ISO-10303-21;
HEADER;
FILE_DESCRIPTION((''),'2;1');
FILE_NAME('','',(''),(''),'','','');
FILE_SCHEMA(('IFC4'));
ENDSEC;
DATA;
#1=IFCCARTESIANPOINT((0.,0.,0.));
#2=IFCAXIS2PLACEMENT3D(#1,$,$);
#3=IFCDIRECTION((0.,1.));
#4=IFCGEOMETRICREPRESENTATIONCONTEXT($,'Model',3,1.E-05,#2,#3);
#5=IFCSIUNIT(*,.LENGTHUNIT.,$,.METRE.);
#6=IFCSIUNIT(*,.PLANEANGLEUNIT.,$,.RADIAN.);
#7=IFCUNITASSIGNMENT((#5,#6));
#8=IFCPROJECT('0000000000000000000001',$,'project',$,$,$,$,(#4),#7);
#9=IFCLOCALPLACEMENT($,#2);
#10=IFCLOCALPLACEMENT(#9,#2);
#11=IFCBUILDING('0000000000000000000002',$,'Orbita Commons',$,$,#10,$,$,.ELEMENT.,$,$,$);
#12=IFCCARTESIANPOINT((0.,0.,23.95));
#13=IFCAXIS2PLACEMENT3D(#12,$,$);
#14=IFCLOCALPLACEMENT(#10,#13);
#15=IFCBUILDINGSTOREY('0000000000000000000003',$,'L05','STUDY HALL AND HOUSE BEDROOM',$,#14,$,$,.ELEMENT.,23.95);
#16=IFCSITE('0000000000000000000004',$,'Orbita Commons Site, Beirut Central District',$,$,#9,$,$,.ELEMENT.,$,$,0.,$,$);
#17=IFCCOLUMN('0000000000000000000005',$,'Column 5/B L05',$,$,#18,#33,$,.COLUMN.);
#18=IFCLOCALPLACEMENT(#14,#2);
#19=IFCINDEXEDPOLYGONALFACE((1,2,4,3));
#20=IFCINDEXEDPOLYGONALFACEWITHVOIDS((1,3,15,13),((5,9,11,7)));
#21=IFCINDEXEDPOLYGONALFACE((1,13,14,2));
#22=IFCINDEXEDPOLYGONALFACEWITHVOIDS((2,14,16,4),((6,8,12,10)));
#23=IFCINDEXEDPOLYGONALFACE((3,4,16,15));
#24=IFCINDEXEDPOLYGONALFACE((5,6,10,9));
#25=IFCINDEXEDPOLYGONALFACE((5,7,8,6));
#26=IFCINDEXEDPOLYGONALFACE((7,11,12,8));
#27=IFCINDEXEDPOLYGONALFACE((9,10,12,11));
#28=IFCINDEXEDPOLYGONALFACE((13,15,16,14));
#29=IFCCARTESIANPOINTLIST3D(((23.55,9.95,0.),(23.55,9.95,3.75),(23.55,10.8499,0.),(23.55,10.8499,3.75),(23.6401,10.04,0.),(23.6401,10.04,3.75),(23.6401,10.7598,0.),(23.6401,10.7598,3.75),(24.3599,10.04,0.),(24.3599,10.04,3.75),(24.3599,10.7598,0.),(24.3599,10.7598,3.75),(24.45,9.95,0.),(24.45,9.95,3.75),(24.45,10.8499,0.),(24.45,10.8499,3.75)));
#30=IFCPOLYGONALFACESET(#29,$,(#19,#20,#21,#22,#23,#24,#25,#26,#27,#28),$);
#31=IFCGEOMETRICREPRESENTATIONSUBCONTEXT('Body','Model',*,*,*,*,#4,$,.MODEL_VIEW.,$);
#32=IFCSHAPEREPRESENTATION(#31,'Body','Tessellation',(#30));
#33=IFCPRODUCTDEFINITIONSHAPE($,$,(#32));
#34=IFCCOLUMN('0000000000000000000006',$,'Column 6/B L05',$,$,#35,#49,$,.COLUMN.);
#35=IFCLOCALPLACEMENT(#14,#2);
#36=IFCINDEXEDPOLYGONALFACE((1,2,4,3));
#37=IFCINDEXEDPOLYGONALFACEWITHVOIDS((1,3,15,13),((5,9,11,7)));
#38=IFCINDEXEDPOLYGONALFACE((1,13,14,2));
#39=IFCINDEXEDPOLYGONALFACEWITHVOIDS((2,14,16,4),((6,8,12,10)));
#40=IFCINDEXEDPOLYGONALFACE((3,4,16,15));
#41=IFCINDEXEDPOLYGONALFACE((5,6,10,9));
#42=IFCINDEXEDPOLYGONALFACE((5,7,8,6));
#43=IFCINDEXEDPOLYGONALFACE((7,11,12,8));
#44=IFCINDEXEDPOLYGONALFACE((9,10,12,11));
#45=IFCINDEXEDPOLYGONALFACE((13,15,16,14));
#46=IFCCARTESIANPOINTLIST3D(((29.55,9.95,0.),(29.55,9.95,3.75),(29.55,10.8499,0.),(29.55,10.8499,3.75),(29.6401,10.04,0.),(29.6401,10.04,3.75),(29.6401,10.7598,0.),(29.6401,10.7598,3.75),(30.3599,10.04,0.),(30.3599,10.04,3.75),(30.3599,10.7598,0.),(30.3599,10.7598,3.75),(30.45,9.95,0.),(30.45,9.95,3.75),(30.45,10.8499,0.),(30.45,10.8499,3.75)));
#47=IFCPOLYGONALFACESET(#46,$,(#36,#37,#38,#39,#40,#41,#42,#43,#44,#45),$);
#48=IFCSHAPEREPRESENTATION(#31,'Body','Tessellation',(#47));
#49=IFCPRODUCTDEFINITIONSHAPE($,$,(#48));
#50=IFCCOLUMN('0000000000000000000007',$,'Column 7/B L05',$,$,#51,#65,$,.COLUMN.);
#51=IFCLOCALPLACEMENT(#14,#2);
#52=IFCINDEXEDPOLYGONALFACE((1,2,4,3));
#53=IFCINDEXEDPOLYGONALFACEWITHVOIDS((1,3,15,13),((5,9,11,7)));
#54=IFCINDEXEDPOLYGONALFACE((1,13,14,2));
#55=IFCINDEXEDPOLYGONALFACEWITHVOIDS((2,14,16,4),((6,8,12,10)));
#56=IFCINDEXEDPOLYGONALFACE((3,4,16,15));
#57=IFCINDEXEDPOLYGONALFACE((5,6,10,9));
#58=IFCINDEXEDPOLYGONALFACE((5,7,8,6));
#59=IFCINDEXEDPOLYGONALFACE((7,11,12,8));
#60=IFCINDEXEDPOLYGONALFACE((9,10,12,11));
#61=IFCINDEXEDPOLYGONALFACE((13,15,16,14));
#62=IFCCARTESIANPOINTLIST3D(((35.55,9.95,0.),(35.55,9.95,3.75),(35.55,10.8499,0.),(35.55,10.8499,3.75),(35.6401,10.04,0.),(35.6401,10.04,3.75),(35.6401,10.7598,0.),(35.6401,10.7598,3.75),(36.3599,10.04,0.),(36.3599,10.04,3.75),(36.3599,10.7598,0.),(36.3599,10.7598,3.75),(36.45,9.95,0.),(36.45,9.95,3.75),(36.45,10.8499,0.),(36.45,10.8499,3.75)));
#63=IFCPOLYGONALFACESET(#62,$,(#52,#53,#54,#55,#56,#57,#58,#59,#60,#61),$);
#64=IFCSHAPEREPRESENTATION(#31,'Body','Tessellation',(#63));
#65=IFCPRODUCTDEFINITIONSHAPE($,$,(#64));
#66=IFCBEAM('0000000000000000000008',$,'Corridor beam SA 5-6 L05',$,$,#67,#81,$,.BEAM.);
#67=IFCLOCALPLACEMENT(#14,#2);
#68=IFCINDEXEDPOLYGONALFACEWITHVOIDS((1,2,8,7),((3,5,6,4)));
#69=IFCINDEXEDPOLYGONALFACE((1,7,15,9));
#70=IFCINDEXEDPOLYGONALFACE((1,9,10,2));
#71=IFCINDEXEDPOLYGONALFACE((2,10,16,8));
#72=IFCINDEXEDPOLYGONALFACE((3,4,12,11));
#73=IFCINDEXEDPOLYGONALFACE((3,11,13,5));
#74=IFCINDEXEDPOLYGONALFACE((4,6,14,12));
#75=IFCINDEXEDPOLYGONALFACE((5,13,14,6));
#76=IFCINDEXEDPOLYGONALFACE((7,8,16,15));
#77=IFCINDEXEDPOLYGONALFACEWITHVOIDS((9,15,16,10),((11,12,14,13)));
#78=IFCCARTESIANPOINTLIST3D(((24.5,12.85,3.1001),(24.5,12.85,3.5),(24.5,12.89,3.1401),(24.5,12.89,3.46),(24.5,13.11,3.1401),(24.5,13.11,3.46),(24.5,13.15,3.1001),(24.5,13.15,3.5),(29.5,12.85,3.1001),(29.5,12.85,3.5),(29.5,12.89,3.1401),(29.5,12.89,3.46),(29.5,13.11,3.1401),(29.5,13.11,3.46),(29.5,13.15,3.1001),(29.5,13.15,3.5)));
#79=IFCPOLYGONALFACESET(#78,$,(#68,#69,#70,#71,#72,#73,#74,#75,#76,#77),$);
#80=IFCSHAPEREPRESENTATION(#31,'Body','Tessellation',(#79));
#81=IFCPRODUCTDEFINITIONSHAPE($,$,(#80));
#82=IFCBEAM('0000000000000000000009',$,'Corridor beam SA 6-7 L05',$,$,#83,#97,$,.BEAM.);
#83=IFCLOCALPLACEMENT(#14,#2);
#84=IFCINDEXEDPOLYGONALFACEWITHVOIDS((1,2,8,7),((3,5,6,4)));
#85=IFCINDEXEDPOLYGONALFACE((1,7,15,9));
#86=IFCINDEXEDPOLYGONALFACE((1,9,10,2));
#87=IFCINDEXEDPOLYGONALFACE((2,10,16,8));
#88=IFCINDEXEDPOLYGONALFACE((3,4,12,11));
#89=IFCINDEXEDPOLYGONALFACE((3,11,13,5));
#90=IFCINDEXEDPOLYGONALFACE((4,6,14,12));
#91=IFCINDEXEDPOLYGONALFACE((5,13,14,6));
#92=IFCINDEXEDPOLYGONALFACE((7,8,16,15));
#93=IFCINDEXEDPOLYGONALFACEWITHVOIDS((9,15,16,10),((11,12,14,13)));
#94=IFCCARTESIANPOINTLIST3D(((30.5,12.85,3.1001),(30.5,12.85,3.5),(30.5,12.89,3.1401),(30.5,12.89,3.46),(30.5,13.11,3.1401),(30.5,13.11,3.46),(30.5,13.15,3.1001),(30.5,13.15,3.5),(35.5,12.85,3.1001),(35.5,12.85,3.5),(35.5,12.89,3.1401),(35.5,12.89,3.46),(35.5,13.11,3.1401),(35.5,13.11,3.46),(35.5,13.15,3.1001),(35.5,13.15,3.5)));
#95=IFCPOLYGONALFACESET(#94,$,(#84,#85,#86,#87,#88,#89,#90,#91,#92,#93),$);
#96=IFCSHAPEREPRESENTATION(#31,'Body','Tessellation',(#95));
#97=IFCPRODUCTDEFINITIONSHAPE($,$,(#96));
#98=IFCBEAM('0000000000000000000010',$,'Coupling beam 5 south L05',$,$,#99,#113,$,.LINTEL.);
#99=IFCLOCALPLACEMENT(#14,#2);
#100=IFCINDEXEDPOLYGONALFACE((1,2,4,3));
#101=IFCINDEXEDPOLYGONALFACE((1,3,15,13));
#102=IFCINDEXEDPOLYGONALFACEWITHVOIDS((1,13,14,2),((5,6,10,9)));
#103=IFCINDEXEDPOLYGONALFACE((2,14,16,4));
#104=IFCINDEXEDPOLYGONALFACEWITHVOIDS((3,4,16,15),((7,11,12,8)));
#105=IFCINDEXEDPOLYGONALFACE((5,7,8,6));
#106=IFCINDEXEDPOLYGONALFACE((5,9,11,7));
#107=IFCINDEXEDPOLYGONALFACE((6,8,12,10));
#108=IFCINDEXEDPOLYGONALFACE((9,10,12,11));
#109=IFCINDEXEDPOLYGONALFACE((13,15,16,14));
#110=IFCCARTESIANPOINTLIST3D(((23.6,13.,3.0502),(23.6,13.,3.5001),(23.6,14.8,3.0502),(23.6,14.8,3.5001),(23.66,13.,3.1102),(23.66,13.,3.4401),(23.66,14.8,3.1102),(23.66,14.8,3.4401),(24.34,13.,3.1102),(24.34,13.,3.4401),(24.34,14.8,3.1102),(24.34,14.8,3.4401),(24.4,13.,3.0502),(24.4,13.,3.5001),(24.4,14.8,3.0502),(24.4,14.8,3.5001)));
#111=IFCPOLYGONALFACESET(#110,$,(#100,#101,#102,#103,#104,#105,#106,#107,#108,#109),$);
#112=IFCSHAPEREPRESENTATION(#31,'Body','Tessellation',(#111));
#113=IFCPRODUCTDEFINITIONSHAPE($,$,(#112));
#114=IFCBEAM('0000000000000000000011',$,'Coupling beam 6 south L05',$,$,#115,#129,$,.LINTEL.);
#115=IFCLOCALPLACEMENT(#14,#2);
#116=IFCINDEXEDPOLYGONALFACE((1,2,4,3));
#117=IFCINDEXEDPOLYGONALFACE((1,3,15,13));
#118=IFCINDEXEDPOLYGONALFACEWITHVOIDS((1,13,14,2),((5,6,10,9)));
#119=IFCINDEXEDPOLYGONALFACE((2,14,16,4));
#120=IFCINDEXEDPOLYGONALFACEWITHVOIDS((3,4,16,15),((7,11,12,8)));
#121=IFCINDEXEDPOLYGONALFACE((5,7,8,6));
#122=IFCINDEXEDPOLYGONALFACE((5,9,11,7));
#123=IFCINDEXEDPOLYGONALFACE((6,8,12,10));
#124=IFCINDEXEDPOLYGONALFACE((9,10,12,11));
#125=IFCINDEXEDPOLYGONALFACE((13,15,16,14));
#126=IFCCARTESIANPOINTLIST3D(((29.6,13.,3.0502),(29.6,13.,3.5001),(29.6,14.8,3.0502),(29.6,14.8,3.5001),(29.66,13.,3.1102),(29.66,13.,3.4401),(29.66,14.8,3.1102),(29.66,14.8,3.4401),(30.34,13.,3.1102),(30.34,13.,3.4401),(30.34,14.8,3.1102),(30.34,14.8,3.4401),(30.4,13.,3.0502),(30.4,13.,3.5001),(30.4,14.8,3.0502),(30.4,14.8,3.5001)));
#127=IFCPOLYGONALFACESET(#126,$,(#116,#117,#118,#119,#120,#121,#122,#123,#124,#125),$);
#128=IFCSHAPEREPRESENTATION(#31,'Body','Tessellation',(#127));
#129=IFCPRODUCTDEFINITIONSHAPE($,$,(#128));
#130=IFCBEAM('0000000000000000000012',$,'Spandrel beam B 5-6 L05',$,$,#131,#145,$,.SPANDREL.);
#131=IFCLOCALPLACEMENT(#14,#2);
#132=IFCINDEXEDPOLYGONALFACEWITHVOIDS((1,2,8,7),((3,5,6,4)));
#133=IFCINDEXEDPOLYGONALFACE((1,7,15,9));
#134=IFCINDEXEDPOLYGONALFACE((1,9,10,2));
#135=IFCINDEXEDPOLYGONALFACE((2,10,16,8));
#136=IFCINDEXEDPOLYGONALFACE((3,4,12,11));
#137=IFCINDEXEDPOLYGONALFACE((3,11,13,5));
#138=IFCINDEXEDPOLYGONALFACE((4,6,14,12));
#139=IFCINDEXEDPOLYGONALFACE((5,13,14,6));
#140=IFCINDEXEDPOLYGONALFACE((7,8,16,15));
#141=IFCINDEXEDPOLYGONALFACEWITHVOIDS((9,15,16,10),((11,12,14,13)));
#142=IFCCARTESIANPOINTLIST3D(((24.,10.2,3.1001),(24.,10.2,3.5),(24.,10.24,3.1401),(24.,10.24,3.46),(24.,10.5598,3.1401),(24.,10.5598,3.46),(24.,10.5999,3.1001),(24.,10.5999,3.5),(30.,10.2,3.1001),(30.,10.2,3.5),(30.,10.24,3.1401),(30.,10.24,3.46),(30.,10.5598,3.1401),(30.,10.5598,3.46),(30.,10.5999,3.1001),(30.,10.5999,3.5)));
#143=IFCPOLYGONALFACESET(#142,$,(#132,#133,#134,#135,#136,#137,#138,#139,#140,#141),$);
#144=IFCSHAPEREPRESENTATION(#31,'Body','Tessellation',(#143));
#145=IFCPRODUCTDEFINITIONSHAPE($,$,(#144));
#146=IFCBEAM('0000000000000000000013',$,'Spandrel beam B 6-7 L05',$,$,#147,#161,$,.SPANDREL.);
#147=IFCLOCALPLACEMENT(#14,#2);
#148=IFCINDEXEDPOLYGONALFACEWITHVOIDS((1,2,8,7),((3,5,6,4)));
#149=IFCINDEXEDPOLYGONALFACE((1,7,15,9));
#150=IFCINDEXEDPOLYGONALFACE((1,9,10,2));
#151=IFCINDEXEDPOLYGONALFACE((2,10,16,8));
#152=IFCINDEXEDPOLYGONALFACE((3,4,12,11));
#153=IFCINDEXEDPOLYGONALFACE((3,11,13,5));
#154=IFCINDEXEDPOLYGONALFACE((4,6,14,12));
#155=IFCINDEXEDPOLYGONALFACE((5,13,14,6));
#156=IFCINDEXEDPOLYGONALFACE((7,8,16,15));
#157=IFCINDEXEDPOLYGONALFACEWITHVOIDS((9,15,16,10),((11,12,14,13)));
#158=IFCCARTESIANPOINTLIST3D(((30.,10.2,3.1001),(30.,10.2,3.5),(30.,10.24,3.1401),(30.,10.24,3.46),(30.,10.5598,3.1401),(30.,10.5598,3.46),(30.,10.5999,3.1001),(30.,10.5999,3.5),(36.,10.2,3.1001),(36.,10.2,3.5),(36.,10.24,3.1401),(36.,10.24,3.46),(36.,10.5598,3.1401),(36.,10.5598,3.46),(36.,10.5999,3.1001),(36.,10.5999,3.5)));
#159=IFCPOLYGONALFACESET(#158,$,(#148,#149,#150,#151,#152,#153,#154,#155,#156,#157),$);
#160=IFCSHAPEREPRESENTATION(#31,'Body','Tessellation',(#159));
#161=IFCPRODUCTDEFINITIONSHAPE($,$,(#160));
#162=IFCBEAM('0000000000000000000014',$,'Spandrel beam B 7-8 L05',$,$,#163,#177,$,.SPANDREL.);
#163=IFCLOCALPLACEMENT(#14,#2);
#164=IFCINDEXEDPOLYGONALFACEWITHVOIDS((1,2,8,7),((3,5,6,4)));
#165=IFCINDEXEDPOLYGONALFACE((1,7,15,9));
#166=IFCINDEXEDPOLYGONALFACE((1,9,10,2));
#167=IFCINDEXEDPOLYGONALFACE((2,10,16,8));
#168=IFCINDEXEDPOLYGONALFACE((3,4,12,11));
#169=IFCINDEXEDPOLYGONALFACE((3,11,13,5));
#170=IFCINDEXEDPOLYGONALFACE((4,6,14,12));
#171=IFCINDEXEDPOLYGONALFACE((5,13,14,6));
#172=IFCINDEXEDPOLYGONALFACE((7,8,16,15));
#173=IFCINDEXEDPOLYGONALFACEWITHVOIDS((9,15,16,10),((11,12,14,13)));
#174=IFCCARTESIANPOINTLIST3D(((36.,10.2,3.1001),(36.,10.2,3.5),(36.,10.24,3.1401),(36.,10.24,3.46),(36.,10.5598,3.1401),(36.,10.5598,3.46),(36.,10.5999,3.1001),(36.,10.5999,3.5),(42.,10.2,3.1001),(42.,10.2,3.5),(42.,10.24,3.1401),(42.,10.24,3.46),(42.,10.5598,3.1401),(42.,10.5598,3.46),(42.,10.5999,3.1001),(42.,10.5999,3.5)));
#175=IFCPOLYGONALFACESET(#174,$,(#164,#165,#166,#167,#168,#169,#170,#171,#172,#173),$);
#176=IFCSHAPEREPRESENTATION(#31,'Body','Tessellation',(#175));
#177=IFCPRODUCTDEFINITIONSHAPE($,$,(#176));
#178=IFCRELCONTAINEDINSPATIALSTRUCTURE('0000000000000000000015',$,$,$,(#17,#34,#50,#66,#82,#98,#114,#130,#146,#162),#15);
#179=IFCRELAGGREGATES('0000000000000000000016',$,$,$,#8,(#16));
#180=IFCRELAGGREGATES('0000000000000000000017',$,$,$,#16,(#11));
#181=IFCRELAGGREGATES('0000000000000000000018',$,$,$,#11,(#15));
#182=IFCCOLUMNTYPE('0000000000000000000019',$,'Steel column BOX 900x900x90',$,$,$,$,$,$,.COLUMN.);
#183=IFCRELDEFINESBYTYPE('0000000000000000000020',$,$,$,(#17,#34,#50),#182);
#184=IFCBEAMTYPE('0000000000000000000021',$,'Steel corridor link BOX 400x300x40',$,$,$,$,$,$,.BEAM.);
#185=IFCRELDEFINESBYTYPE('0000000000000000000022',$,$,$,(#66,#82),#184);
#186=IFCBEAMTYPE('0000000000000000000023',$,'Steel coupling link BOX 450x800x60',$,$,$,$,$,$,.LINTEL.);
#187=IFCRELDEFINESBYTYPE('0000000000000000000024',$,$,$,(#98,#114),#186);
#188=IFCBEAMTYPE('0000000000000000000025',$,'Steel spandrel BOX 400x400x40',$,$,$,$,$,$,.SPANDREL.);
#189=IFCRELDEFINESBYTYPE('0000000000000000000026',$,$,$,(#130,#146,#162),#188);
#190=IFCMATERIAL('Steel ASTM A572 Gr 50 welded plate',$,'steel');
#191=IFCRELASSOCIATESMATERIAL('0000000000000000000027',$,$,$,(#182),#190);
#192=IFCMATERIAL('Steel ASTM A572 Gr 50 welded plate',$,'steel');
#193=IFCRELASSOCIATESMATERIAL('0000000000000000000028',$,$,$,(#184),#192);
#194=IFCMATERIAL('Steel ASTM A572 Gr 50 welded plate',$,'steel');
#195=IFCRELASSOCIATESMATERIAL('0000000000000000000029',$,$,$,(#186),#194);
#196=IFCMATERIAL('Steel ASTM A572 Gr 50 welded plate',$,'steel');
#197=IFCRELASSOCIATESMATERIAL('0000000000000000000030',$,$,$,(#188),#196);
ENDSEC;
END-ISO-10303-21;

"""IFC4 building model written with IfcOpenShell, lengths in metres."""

from ifc_helpers import new_model, si_unit, direction, frame, origin, origin_2d, place, context, subcontext, project, spatial, hollow_rectangle, extrude, material, material_profile, profile_set, type_object, element, save


model = new_model("IFC4")

# Units and contexts
model_context = context("Model", 3, precision=1e-05, world=origin(), true_north=direction((0.0, 1.0)))
body_context = subcontext(model_context, "Body", "Model", "MODEL_VIEW")
ifc_project = project(units=[si_unit("LENGTHUNIT", "METRE"), si_unit("PLANEANGLEUNIT", "RADIAN")], contexts=[model_context])

# Site, building, storey
site_placement = place(None, origin())
site = spatial("IfcSite", under=ifc_project, at=site_placement, Name="Orbita Commons Site, Beirut Central District", CompositionType="ELEMENT", RefElevation=0.0)
building_placement = place(site_placement, origin())
building = spatial("IfcBuilding", under=site, at=building_placement, Name="Orbita Commons", CompositionType="ELEMENT")
storey_placement = place(building_placement, frame((0.0, 0.0, 23.95)))
storey = spatial("IfcBuildingStorey", under=building, at=storey_placement, Name="L05", Description="STUDY HALL AND HOUSE BEDROOM", CompositionType="ELEMENT", Elevation=23.95)

# Columns
ifc_material_1 = material(Name="Steel ASTM A572 Gr 50 welded plate", Category="steel")
ifc_material_profile_1 = material_profile(ifc_material_1, hollow_rectangle(XDim=0.8999, YDim=0.8999, WallThickness=0.0901, at=origin_2d()), Name="BOX 900x900x90")
ifc_profile_set_1 = profile_set([ifc_material_profile_1], Name="Steel ASTM A572 Gr 50 welded plate")
column_type = type_object("IfcColumnType", Name="Steel column BOX 900x900x90", PredefinedType="COLUMN", material=ifc_profile_set_1)
for number, where, z_axis, x_axis, name in (
    (1, (24.0, 10.3999, 0.0), (0.0, 0.0, 1.0), (1.0, 0.0, 0.0), "Column 5/B L05"),
    (2, (30.0, 10.3999, 0.0), (0.0, 0.0, 1.0), (1.0, 0.0, 0.0), "Column 6/B L05"),
    (3, (36.0, 10.3999, 0.0), (0.0, 0.0, 1.0), (1.0, 0.0, 0.0), "Column 7/B L05"),
):
    element("IfcColumn", number, at=place(storey_placement, frame(where, z_axis=z_axis, x_axis=x_axis)), inside=storey, type_object=column_type, Name=name, PredefinedType="COLUMN", context=body_context, shape_type="SweptSolid", body=[
        extrude(hollow_rectangle(XDim=0.8999, YDim=0.8999, WallThickness=0.0901, at=origin_2d()), origin(), (0.0, 0.0, 1.0), 3.75),
    ])

# Beams
ifc_material_2 = material(Name="Steel ASTM A572 Gr 50 welded plate", Category="steel")
ifc_material_profile_2 = material_profile(ifc_material_2, hollow_rectangle(XDim=0.3, YDim=0.3999, WallThickness=0.04, at=origin_2d()), Name="BOX 400x300x40")
ifc_profile_set_2 = profile_set([ifc_material_profile_2], Name="Steel ASTM A572 Gr 50 welded plate")
beam_type_1 = type_object("IfcBeamType", Name="Steel corridor link BOX 400x300x40", PredefinedType="BEAM", material=ifc_profile_set_2)
for number, where, z_axis, x_axis, name in (
    (4, (24.5, 13.0, 3.3), (1.0, 0.0, 0.0), (0.0, 1.0, 0.0), "Corridor beam SA 5-6 L05"),
    (5, (30.5, 13.0, 3.3), (1.0, 0.0, 0.0), (0.0, 1.0, 0.0), "Corridor beam SA 6-7 L05"),
):
    element("IfcBeam", number, at=place(storey_placement, frame(where, z_axis=z_axis, x_axis=x_axis)), inside=storey, type_object=beam_type_1, Name=name, PredefinedType="BEAM", context=body_context, shape_type="SweptSolid", body=[
        extrude(hollow_rectangle(XDim=0.3, YDim=0.3999, WallThickness=0.04, at=origin_2d()), origin(), (0.0, 0.0, 1.0), 5.0),
    ])
ifc_material_3 = material(Name="Steel ASTM A572 Gr 50 welded plate", Category="steel")
ifc_material_profile_3 = material_profile(ifc_material_3, hollow_rectangle(XDim=0.8, YDim=0.45, WallThickness=0.0601, at=origin_2d()), Name="BOX 450x800x60")
ifc_profile_set_3 = profile_set([ifc_material_profile_3], Name="Steel ASTM A572 Gr 50 welded plate")
beam_type_2 = type_object("IfcBeamType", Name="Steel coupling link BOX 450x800x60", PredefinedType="LINTEL", material=ifc_profile_set_3)
for number, where, z_axis, x_axis, name in (
    (6, (24.0, 13.0, 3.2751), (0.0, 1.0, 0.0), (-1.0, 0.0, 0.0), "Coupling beam 5 south L05"),
    (7, (30.0, 13.0, 3.2751), (0.0, 1.0, 0.0), (-1.0, 0.0, 0.0), "Coupling beam 6 south L05"),
):
    element("IfcBeam", number, at=place(storey_placement, frame(where, z_axis=z_axis, x_axis=x_axis)), inside=storey, type_object=beam_type_2, Name=name, PredefinedType="LINTEL", context=body_context, shape_type="SweptSolid", body=[
        extrude(hollow_rectangle(XDim=0.8, YDim=0.45, WallThickness=0.0601, at=origin_2d()), origin(), (0.0, 0.0, 1.0), 1.8),
    ])
ifc_material_4 = material(Name="Steel ASTM A572 Gr 50 welded plate", Category="steel")
ifc_material_profile_4 = material_profile(ifc_material_4, hollow_rectangle(XDim=0.3999, YDim=0.3999, WallThickness=0.04, at=origin_2d()), Name="BOX 400x400x40")
ifc_profile_set_4 = profile_set([ifc_material_profile_4], Name="Steel ASTM A572 Gr 50 welded plate")
beam_type_3 = type_object("IfcBeamType", Name="Steel spandrel BOX 400x400x40", PredefinedType="SPANDREL", material=ifc_profile_set_4)
for number, where, z_axis, x_axis, name in (
    (8, (24.0, 10.3999, 3.3), (1.0, 0.0, 0.0), (0.0, 1.0, 0.0), "Spandrel beam B 5-6 L05"),
    (9, (30.0, 10.3999, 3.3), (1.0, 0.0, 0.0), (0.0, 1.0, 0.0), "Spandrel beam B 6-7 L05"),
    (10, (36.0, 10.3999, 3.3), (1.0, 0.0, 0.0), (0.0, 1.0, 0.0), "Spandrel beam B 7-8 L05"),
):
    element("IfcBeam", number, at=place(storey_placement, frame(where, z_axis=z_axis, x_axis=x_axis)), inside=storey, type_object=beam_type_3, Name=name, PredefinedType="SPANDREL", context=body_context, shape_type="SweptSolid", body=[
        extrude(hollow_rectangle(XDim=0.3999, YDim=0.3999, WallThickness=0.04, at=origin_2d()), origin(), (0.0, 0.0, 1.0), 6.0),
    ])

save(model, "model.ifc")
